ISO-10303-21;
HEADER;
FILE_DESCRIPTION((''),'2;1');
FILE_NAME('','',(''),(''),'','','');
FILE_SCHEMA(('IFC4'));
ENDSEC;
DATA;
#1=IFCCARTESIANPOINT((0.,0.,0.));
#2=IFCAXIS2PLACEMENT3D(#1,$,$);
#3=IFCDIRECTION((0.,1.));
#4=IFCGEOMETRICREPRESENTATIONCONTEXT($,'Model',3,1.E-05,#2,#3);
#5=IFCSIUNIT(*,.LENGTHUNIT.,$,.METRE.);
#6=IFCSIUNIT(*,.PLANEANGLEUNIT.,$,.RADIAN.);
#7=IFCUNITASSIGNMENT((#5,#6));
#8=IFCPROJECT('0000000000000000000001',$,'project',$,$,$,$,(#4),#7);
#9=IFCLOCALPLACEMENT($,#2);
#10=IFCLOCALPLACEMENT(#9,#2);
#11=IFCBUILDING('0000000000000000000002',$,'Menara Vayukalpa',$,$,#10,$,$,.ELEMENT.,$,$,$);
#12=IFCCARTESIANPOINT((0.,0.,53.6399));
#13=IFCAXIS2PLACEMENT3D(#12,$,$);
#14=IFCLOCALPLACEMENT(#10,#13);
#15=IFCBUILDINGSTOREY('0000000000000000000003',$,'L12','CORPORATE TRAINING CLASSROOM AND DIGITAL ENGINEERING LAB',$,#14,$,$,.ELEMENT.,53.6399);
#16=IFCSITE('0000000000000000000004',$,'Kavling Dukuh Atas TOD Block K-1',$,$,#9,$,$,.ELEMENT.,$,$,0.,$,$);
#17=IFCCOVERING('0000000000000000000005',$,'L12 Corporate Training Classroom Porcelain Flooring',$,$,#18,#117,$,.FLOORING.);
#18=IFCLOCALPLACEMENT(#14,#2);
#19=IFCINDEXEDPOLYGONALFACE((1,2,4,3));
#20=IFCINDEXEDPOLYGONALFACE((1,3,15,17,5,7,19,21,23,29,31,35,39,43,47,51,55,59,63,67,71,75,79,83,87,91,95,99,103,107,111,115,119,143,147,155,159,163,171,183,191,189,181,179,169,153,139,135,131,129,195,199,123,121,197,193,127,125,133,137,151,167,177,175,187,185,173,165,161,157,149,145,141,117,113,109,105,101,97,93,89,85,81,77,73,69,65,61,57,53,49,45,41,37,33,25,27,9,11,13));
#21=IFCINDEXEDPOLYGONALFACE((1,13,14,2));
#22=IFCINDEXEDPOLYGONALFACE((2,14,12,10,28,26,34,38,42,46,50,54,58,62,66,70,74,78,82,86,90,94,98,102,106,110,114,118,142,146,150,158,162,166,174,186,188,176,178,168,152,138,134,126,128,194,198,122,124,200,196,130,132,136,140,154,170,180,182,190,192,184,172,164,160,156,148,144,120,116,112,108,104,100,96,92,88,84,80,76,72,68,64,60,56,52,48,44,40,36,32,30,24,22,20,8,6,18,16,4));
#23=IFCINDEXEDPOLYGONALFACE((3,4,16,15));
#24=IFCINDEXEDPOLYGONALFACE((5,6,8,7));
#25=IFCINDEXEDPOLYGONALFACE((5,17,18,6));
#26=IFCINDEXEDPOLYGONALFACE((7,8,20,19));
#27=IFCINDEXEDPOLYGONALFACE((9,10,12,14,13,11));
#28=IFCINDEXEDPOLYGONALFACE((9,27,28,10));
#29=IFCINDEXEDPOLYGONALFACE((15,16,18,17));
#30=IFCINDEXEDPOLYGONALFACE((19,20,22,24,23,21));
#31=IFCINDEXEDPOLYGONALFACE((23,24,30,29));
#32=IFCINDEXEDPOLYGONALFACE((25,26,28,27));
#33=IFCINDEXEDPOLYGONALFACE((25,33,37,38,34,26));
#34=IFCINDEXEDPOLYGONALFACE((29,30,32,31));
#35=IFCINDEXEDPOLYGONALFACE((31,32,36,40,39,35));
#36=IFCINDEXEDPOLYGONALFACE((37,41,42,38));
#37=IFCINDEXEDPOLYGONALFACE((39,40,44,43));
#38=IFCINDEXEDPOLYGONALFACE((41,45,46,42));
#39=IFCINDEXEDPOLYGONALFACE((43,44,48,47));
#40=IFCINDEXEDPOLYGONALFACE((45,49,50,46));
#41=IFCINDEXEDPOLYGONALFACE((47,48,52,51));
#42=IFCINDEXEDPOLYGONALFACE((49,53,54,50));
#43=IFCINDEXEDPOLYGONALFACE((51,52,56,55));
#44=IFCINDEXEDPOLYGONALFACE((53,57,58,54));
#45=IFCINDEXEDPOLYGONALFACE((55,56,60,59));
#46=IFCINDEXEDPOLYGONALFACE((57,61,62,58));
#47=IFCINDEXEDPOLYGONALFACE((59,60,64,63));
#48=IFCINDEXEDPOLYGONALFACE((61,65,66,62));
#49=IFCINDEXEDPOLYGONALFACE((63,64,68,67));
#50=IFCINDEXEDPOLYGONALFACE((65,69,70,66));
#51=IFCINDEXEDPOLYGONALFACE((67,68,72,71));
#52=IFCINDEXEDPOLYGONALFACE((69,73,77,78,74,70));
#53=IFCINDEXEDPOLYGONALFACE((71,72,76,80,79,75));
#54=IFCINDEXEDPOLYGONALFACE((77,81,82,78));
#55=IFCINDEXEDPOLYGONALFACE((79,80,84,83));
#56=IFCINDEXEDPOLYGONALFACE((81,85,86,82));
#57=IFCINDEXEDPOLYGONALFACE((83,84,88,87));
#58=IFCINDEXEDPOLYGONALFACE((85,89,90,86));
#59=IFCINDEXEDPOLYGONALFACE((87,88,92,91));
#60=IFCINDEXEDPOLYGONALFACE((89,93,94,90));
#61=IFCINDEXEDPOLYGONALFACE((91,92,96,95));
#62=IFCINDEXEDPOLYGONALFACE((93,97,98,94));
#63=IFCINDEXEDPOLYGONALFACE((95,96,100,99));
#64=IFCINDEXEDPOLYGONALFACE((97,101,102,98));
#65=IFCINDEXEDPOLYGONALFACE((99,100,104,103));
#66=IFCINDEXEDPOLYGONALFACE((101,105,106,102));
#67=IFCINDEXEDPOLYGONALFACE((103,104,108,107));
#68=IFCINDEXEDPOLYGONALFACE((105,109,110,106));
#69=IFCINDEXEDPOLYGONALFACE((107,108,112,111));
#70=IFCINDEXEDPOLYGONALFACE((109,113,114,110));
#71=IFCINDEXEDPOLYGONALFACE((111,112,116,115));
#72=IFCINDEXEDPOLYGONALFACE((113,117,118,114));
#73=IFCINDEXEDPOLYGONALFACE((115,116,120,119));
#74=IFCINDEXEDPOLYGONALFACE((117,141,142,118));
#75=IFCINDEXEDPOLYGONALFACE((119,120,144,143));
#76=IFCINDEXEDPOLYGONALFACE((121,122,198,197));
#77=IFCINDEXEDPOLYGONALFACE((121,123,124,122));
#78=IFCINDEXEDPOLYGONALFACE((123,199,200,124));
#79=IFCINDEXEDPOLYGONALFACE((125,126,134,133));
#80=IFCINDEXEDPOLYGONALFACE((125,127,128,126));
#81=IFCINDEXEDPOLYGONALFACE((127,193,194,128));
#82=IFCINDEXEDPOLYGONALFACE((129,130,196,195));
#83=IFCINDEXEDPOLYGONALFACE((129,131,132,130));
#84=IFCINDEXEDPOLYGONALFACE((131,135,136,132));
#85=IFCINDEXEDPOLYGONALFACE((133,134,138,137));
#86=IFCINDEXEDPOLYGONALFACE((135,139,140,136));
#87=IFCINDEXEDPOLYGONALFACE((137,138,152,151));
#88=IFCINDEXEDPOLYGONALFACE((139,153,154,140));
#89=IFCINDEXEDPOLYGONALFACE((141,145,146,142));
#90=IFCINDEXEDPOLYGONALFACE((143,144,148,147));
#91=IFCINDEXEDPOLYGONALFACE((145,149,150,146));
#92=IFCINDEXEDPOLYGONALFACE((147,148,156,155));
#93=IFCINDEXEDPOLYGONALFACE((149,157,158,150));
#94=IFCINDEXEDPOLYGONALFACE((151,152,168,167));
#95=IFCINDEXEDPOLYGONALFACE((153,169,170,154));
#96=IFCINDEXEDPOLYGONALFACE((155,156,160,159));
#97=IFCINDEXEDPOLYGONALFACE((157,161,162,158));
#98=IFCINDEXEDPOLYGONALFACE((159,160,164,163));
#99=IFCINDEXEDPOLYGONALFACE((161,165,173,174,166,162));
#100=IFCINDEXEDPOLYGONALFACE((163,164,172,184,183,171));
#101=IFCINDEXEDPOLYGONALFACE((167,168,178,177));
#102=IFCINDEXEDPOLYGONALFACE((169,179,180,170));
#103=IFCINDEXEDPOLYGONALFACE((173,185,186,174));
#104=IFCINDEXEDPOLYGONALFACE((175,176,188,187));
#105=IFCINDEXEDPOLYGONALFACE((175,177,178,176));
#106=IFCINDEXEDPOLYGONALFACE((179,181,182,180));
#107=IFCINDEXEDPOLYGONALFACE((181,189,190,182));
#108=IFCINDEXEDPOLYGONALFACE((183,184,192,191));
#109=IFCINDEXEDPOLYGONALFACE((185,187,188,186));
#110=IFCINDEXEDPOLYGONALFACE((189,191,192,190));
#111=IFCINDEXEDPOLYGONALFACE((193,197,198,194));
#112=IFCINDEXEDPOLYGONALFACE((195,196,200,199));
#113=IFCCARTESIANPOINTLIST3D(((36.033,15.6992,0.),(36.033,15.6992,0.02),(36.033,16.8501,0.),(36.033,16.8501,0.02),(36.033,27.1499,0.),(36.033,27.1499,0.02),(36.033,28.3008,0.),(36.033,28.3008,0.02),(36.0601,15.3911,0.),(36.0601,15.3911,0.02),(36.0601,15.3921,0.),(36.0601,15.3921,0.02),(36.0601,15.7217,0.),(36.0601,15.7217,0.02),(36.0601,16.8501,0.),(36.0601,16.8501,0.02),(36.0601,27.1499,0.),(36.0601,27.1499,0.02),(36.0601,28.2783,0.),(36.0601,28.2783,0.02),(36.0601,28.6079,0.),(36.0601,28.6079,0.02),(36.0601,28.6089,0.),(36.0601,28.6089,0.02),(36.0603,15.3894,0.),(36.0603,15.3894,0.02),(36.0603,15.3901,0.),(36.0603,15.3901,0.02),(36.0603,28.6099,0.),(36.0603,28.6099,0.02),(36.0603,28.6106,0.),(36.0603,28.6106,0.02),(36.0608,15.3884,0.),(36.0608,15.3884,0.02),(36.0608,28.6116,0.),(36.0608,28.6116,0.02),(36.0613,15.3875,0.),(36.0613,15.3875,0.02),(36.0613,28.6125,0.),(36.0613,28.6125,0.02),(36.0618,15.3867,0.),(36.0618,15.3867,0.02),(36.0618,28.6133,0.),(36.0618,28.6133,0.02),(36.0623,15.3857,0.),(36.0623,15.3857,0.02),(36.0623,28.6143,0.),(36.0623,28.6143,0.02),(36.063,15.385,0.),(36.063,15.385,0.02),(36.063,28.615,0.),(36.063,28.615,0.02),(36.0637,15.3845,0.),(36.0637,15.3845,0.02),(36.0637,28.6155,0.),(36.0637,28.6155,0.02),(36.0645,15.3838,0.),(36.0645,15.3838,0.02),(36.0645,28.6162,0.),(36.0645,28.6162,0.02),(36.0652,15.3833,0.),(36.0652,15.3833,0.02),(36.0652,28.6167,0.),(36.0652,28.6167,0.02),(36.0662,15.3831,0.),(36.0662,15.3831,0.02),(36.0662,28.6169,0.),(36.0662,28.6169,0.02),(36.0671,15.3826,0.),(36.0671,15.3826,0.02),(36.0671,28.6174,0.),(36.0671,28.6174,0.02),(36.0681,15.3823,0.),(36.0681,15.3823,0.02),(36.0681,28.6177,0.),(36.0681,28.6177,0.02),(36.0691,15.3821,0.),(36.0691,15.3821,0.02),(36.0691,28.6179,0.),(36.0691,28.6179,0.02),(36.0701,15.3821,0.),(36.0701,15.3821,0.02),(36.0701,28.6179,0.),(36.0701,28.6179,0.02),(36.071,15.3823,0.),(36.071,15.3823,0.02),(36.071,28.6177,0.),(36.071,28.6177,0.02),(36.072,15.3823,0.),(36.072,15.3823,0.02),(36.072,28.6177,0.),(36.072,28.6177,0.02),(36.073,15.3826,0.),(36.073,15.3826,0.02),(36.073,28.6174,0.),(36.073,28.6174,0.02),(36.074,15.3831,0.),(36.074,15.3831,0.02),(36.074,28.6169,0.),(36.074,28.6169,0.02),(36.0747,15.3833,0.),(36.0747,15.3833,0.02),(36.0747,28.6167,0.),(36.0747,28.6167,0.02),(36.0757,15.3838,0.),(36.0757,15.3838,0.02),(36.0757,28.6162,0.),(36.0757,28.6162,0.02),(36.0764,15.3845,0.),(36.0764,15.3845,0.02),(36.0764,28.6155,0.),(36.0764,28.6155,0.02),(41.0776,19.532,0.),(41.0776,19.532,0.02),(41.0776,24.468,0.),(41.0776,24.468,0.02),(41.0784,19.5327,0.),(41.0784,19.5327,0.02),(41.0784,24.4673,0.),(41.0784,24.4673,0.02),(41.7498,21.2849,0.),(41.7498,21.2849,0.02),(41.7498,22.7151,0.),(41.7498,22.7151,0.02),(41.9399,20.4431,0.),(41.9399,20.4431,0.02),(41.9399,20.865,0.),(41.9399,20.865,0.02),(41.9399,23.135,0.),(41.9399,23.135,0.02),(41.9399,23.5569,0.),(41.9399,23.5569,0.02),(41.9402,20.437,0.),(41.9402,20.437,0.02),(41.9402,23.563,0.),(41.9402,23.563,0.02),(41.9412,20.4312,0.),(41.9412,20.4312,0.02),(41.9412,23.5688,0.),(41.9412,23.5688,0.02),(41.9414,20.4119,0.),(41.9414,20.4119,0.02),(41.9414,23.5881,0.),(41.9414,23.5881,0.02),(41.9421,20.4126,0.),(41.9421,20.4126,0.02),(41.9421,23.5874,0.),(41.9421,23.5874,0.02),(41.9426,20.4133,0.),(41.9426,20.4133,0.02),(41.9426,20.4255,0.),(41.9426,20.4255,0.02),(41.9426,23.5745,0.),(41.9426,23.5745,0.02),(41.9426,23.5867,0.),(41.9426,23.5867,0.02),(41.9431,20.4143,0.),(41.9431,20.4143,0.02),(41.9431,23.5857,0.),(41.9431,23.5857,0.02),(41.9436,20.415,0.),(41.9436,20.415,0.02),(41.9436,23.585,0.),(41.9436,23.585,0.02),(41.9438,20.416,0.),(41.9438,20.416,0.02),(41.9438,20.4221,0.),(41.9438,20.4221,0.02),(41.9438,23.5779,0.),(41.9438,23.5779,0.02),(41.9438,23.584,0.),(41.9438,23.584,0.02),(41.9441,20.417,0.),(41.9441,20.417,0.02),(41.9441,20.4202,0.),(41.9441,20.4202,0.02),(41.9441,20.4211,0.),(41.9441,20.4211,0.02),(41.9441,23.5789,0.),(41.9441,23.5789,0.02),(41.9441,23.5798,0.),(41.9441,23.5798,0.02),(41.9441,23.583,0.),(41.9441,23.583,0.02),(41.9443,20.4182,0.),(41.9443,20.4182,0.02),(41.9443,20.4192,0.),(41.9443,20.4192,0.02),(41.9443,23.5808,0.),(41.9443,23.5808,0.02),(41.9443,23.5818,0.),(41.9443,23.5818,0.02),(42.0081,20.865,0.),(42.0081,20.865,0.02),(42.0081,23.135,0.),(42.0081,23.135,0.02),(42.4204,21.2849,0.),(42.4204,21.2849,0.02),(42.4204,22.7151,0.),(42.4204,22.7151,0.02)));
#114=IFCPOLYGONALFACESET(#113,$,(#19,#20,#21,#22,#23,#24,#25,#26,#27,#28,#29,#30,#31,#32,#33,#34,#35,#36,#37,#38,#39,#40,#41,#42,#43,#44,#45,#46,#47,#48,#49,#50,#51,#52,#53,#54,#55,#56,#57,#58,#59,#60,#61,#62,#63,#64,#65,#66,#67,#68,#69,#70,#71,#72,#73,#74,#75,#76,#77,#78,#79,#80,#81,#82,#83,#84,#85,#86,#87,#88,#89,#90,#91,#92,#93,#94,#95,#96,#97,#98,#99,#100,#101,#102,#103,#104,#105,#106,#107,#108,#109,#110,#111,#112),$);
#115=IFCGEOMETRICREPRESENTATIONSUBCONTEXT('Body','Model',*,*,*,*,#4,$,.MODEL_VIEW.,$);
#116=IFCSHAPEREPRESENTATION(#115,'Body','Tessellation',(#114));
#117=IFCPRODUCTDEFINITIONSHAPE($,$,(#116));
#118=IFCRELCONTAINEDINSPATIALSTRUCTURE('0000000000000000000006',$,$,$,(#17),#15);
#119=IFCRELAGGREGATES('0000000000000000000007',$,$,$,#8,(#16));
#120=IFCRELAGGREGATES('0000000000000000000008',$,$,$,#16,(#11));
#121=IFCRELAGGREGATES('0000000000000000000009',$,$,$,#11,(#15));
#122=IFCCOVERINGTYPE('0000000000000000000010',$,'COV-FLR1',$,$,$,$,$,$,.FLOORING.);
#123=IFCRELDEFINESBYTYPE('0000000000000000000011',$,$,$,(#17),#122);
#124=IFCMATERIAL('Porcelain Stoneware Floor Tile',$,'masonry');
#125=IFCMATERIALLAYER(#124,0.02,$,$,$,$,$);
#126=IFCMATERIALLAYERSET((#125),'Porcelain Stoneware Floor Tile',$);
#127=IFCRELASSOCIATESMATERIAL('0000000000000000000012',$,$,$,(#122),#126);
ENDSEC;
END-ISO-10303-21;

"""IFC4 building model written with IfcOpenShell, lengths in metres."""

from ifc_helpers import new_model, si_unit, direction, frame, origin, place, context, subcontext, project, spatial, polyline, outline, extrude, material, layer, layer_set, type_object, element, save


model = new_model("IFC4")

# Units and contexts
model_context = context("Model", 3, precision=1e-05, world=origin(), true_north=direction((0.0, 1.0)))
body_context = subcontext(model_context, "Body", "Model", "MODEL_VIEW")
ifc_project = project(units=[si_unit("LENGTHUNIT", "METRE"), si_unit("PLANEANGLEUNIT", "RADIAN")], contexts=[model_context])

# Site, building, storey
site_placement = place(None, origin())
site = spatial("IfcSite", under=ifc_project, at=site_placement, Name="Kavling Dukuh Atas TOD Block K-1", CompositionType="ELEMENT", RefElevation=0.0)
building_placement = place(site_placement, origin())
building = spatial("IfcBuilding", under=site, at=building_placement, Name="Menara Vayukalpa", CompositionType="ELEMENT")
storey_placement = place(building_placement, frame((0.0, 0.0, 53.6399)))
storey = spatial("IfcBuildingStorey", under=building, at=storey_placement, Name="L12", Description="CORPORATE TRAINING CLASSROOM AND DIGITAL ENGINEERING LAB", CompositionType="ELEMENT", Elevation=53.6399)

# Covering
ifc_material_1 = material(Name="Porcelain Stoneware Floor Tile", Category="masonry")
ifc_layer_1 = layer(ifc_material_1, 0.02)
ifc_layer_set_1 = layer_set([ifc_layer_1], Name="Porcelain Stoneware Floor Tile")
covering_type_1 = type_object("IfcCoveringType", Name="COV-FLR1", PredefinedType="FLOORING", material=ifc_layer_set_1)
covering_1_placement = place(storey_placement, origin())
element("IfcCovering", 1, at=covering_1_placement, inside=storey, type_object=covering_type_1, Name="L12 Corporate Training Classroom Porcelain Flooring", PredefinedType="FLOORING", context=body_context, shape_type="SweptSolid", body=[
    extrude(outline(polyline([(36.0601, 27.1499), (36.033, 27.1499), (36.033, 28.3008), (36.0601, 28.2783), (36.0601, 28.6079), (36.0601, 28.6089), (36.0603, 28.6099), (36.0603, 28.6106), (36.0608, 28.6116), (36.0613, 28.6125), (36.0618, 28.6133), (36.0623, 28.6143), (36.063, 28.615), (36.0637, 28.6155), (36.0645, 28.6162), (36.0652, 28.6167), (36.0662, 28.6169), (36.0671, 28.6174), (36.0681, 28.6177), (36.0691, 28.6179), (36.0701, 28.6179), (36.071, 28.6177), (36.072, 28.6177), (36.073, 28.6174), (36.074, 28.6169), (36.0747, 28.6167), (36.0757, 28.6162), (36.0764, 28.6155), (41.0776, 24.468), (41.0784, 24.4673), (41.9414, 23.5881), (41.9421, 23.5874), (41.9426, 23.5867), (41.9431, 23.5857), (41.9436, 23.585), (41.9438, 23.584), (41.9441, 23.583), (41.9443, 23.5818), (41.9443, 23.5808), (41.9441, 23.5798), (41.9441, 23.5789), (41.9438, 23.5779), (41.9426, 23.5745), (41.9412, 23.5688), (41.9402, 23.563), (41.9399, 23.5569), (41.9399, 23.135), (42.0081, 23.135), (42.4204, 22.7151), (41.7498, 22.7151), (41.7498, 21.2849), (42.4204, 21.2849), (42.0081, 20.865), (41.9399, 20.865), (41.9399, 20.4431), (41.9402, 20.437), (41.9412, 20.4312), (41.9426, 20.4255), (41.9438, 20.4221), (41.9441, 20.4211), (41.9441, 20.4202), (41.9443, 20.4192), (41.9443, 20.4182), (41.9441, 20.417), (41.9438, 20.416), (41.9436, 20.415), (41.9431, 20.4143), (41.9426, 20.4133), (41.9421, 20.4126), (41.9414, 20.4119), (41.0784, 19.5327), (41.0776, 19.532), (36.0764, 15.3845), (36.0757, 15.3838), (36.0747, 15.3833), (36.074, 15.3831), (36.073, 15.3826), (36.072, 15.3823), (36.071, 15.3823), (36.0701, 15.3821), (36.0691, 15.3821), (36.0681, 15.3823), (36.0671, 15.3826), (36.0662, 15.3831), (36.0652, 15.3833), (36.0645, 15.3838), (36.0637, 15.3845), (36.063, 15.385), (36.0623, 15.3857), (36.0618, 15.3867), (36.0613, 15.3875), (36.0608, 15.3884), (36.0603, 15.3894), (36.0603, 15.3901), (36.0601, 15.3911), (36.0601, 15.3921), (36.0601, 15.7217), (36.033, 15.6992), (36.033, 16.8501), (36.0601, 16.8501), (36.0601, 27.1499)])), origin(), (0.0, 0.0, 1.0), 0.02),
])

save(model, "model.ifc")
